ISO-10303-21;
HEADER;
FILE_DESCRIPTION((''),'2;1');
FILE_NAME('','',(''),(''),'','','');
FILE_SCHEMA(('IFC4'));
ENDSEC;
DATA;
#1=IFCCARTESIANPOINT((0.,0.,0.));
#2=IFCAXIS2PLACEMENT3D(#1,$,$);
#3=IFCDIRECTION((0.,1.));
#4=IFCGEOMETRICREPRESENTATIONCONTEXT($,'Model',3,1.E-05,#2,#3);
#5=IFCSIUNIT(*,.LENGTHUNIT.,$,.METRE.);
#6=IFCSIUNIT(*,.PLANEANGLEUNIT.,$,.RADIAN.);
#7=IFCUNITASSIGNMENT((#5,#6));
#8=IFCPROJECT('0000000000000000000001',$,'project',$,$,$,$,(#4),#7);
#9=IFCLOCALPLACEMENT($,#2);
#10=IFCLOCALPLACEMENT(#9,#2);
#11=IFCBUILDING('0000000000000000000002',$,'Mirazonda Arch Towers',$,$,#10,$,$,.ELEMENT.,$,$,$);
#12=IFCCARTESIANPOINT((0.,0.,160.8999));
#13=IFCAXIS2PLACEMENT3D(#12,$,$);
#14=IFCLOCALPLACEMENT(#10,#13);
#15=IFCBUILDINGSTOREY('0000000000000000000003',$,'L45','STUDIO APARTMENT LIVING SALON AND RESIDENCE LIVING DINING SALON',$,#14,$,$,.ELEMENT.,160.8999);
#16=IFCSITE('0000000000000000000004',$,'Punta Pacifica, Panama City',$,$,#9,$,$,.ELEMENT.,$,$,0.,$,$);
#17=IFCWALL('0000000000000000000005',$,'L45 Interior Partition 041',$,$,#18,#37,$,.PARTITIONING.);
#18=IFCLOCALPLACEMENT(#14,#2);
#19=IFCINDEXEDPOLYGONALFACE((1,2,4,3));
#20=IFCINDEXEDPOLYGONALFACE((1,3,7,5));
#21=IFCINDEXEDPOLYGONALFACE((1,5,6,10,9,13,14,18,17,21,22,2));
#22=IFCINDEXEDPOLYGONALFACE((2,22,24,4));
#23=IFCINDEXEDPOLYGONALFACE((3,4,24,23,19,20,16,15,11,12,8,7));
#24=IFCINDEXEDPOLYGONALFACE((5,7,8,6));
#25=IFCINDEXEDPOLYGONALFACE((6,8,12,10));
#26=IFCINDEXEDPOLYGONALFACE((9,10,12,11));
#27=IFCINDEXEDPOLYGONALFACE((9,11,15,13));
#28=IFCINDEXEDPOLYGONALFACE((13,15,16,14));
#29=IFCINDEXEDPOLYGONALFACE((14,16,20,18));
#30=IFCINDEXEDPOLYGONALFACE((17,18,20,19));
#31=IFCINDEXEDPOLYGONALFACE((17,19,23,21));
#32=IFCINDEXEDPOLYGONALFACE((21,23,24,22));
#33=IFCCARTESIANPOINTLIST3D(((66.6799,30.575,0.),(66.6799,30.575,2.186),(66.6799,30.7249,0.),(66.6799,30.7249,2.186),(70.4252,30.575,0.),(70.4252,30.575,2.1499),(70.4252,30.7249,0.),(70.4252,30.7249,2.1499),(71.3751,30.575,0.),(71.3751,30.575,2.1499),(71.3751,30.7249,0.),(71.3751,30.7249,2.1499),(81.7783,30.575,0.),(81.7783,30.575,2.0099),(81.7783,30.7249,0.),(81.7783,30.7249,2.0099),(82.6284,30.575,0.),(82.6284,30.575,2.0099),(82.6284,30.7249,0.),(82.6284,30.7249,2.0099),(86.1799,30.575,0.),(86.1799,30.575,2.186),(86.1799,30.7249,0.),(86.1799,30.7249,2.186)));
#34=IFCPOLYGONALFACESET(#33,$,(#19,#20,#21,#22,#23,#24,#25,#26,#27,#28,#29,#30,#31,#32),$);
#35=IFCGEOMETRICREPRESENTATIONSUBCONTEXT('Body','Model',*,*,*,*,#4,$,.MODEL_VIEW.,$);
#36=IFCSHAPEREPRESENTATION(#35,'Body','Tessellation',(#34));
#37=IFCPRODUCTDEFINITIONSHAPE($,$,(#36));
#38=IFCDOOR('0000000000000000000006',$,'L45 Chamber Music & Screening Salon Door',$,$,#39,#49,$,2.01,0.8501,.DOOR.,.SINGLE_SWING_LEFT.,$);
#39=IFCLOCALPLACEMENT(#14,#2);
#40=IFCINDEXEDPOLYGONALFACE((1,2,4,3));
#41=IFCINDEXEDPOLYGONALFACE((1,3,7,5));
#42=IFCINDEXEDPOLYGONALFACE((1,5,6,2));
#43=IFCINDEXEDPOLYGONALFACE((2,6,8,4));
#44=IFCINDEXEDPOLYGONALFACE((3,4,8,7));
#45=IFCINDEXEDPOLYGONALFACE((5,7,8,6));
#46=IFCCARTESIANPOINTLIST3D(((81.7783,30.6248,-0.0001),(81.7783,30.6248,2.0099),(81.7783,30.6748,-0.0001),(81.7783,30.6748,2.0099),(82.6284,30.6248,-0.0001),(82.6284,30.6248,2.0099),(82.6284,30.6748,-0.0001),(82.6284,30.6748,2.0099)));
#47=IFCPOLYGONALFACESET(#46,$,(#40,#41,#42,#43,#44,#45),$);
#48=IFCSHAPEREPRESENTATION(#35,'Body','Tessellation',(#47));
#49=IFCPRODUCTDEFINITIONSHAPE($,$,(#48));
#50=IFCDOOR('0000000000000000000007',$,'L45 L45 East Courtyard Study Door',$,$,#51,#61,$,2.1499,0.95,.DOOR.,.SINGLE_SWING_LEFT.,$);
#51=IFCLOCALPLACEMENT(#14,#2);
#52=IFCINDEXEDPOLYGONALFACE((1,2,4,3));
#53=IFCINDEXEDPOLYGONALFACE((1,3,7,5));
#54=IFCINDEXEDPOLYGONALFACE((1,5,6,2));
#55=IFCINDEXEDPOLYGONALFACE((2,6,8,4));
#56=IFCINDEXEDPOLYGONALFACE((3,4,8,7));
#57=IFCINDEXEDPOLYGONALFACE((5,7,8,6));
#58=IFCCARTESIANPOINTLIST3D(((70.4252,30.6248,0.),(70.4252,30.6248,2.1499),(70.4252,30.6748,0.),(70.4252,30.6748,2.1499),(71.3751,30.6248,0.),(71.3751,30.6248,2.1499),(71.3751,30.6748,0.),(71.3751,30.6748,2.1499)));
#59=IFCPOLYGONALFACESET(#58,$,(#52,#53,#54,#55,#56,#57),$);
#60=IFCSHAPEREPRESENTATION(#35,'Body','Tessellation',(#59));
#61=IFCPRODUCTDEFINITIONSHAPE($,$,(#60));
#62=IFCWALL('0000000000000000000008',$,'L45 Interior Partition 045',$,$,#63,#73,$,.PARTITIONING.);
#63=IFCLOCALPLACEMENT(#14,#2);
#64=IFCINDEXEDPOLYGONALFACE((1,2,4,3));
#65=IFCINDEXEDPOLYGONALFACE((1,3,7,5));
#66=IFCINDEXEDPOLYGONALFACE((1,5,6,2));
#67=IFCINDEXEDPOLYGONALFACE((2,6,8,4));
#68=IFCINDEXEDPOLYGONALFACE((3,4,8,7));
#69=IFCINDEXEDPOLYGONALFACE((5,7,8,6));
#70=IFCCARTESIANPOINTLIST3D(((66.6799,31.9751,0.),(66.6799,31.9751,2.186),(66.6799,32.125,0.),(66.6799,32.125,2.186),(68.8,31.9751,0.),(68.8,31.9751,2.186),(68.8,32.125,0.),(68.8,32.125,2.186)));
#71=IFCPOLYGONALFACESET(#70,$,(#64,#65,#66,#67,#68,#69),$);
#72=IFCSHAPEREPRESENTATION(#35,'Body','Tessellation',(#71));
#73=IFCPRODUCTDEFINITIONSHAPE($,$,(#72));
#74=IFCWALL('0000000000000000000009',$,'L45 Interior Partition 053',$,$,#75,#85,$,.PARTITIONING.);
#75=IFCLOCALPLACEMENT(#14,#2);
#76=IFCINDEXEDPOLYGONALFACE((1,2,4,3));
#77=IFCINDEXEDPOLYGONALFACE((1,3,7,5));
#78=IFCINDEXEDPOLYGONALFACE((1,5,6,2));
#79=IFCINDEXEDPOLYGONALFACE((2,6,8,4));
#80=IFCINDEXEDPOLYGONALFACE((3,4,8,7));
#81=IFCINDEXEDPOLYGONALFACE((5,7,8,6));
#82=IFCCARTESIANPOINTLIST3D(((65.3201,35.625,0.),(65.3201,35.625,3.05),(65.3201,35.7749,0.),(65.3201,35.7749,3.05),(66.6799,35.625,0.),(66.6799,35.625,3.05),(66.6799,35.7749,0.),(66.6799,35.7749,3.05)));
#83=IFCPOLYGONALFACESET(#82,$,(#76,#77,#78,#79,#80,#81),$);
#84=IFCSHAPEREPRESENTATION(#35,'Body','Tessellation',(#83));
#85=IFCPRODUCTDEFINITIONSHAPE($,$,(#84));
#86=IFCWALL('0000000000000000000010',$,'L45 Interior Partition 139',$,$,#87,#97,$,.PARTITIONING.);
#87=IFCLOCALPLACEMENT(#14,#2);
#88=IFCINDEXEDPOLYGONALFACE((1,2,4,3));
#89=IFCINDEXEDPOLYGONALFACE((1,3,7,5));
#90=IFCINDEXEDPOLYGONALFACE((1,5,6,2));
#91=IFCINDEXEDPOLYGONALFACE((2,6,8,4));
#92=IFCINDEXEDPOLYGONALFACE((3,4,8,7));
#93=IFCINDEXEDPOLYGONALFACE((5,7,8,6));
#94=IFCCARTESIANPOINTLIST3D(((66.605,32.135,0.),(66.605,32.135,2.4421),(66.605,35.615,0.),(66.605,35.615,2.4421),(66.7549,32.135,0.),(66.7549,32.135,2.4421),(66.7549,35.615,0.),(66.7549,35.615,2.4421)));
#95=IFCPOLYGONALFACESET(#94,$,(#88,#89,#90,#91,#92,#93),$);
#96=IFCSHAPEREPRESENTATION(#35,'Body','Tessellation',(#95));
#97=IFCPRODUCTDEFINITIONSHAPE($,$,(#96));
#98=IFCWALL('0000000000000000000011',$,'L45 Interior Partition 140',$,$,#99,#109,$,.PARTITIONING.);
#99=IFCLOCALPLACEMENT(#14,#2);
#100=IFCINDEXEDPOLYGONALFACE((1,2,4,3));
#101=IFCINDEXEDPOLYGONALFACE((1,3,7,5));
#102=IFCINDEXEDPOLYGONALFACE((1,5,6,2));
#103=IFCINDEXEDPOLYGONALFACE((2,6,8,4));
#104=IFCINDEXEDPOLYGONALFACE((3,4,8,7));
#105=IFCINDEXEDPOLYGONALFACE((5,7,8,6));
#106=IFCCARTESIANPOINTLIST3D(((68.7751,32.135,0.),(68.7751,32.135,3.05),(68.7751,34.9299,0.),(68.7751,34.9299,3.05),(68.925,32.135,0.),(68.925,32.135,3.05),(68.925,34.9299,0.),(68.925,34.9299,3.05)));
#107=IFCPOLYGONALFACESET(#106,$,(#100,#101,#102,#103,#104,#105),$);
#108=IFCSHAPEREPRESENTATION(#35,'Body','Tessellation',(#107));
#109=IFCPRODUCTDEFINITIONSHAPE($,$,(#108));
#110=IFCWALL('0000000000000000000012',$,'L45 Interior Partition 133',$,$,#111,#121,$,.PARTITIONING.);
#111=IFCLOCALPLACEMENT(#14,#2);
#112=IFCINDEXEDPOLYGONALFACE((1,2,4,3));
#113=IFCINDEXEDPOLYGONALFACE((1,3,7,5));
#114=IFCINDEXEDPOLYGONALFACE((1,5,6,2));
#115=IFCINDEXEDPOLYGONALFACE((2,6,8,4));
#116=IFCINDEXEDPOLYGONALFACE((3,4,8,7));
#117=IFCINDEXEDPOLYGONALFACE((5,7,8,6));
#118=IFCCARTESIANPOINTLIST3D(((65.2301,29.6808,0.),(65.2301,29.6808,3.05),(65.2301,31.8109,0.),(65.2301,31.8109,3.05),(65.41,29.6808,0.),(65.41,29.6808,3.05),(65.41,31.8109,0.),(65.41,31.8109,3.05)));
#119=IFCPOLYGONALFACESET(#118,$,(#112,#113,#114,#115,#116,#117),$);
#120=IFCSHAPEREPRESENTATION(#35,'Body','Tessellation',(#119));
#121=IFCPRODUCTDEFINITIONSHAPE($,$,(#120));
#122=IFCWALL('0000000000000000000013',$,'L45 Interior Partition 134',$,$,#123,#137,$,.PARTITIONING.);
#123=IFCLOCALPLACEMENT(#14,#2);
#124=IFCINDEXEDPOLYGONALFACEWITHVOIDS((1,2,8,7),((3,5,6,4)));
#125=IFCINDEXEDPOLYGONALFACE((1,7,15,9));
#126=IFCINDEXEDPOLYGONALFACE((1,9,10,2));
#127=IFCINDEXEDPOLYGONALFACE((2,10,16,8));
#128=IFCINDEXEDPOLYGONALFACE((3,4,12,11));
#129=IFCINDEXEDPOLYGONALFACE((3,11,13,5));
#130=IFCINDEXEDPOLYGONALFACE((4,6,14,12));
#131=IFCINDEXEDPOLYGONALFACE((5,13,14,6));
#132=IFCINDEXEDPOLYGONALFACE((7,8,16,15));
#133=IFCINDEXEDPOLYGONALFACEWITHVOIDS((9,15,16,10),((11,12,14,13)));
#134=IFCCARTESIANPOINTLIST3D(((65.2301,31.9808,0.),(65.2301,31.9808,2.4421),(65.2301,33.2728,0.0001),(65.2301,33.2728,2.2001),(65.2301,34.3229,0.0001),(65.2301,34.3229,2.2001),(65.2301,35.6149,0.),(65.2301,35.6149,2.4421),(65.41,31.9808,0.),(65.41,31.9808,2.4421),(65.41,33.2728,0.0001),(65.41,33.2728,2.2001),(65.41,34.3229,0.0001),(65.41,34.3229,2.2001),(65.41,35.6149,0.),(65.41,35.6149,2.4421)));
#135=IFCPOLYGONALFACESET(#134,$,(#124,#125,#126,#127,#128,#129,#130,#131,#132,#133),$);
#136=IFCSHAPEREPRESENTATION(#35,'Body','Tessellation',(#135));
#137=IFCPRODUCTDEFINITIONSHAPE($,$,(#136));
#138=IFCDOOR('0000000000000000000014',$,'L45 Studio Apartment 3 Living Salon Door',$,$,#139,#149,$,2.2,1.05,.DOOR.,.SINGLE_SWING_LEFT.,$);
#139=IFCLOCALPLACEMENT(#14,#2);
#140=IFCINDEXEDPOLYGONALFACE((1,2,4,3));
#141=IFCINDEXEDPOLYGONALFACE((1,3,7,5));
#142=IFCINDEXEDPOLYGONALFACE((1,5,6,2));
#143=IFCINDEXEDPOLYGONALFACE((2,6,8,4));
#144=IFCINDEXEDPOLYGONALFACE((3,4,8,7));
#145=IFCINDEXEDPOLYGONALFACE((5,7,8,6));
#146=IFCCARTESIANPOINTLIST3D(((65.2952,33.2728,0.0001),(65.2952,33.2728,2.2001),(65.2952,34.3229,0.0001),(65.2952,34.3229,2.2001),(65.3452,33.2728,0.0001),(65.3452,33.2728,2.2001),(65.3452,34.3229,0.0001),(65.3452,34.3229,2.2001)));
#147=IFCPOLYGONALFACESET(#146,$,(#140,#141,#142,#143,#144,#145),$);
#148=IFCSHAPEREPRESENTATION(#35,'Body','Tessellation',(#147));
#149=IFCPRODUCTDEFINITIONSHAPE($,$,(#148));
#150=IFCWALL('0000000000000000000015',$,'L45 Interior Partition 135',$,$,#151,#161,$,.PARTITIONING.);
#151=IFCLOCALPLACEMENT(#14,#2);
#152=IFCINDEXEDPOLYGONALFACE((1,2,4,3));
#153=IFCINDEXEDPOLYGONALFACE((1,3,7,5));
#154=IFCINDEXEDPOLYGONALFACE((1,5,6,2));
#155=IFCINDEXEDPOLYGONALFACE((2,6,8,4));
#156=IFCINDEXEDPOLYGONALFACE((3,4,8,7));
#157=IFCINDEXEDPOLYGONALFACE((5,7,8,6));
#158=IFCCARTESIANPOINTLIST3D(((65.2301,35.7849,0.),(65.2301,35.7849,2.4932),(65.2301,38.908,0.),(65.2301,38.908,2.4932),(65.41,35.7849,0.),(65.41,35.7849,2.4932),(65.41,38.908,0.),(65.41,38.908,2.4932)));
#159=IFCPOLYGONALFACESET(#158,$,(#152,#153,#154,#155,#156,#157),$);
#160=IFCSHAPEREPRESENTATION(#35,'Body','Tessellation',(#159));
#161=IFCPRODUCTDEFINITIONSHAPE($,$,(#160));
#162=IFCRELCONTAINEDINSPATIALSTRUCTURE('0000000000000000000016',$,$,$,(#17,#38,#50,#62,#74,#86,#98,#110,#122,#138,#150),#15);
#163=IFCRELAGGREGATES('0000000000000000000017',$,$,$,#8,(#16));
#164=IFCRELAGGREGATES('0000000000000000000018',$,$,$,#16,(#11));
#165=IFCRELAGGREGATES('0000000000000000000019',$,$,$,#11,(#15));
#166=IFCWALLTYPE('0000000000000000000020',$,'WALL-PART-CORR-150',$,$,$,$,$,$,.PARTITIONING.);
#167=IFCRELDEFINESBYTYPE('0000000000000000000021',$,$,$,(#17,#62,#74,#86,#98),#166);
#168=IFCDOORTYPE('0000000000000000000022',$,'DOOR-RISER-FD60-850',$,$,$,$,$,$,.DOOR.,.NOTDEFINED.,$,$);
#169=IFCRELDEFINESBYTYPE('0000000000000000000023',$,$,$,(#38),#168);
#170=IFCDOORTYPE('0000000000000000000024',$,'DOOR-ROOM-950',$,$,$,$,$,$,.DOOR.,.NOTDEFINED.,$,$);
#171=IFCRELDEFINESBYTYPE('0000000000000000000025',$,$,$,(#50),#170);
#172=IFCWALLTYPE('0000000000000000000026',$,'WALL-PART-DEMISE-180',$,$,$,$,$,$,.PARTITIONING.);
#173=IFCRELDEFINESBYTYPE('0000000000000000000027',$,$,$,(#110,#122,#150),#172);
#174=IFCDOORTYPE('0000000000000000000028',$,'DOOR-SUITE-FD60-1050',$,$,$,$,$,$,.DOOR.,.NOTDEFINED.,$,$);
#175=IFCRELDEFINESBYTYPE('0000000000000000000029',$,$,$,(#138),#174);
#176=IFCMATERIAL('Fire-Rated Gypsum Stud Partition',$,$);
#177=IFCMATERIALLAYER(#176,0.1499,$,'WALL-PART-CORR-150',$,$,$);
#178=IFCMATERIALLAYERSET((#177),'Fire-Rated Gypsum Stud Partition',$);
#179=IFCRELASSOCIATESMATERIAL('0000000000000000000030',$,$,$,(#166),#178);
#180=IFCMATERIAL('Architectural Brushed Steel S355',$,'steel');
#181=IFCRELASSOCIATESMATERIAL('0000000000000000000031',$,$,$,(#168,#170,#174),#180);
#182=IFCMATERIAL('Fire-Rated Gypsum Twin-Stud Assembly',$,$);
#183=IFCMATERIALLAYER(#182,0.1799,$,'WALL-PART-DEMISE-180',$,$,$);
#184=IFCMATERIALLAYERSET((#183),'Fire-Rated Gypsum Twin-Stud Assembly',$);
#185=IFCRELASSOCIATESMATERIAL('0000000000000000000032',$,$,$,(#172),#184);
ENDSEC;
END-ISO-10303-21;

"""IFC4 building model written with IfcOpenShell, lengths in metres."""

from ifc_helpers import new_model, si_unit, direction, frame, frame_2d, origin, place, context, subcontext, project, spatial, rectangle, extrude, material, layer, layer_set, type_object, element, fill, save


model = new_model("IFC4")

# Units and contexts
model_context = context("Model", 3, precision=1e-05, world=origin(), true_north=direction((0.0, 1.0)))
body_context = subcontext(model_context, "Body", "Model", "MODEL_VIEW")
ifc_project = project(units=[si_unit("LENGTHUNIT", "METRE"), si_unit("PLANEANGLEUNIT", "RADIAN")], contexts=[model_context])

# Site, building, storey
site_placement = place(None, origin())
site = spatial("IfcSite", under=ifc_project, at=site_placement, Name="Punta Pacifica, Panama City", CompositionType="ELEMENT", RefElevation=0.0)
building_placement = place(site_placement, origin())
building = spatial("IfcBuilding", under=site, at=building_placement, Name="Mirazonda Arch Towers", CompositionType="ELEMENT")
storey_placement = place(building_placement, frame((0.0, 0.0, 160.8999)))
storey = spatial("IfcBuildingStorey", under=building, at=storey_placement, Name="L45", Description="STUDIO APARTMENT LIVING SALON AND RESIDENCE LIVING DINING SALON", CompositionType="ELEMENT", Elevation=160.8999)

# Wall, openings, doors
ifc_material_1 = material(Name="Architectural Brushed Steel S355", Category="steel")
ifc_material_2 = material(Name="Fire-Rated Gypsum Stud Partition")
ifc_layer_1 = layer(ifc_material_2, 0.1499, Name="WALL-PART-CORR-150")
ifc_layer_set_1 = layer_set([ifc_layer_1], Name="Fire-Rated Gypsum Stud Partition")
wall_type_1 = type_object("IfcWallType", Name="WALL-PART-CORR-150", PredefinedType="PARTITIONING", material=ifc_layer_set_1)
wall_1_placement = place(storey_placement, frame((66.6799, 30.6499, 0.0), z_axis=(0.0, 0.0, 1.0), x_axis=(1.0, 0.0, 0.0)))
wall_1 = element("IfcWall", 1, at=wall_1_placement, inside=storey, type_object=wall_type_1, Name="L45 Interior Partition 041", PredefinedType="PARTITIONING", context=body_context, shape_type="SweptSolid", body=[
    extrude(rectangle(XDim=19.5, YDim=0.1499, at=frame_2d((9.75, 0.0))), origin(), (0.0, 0.0, 1.0), 2.186),
])
opening_1_placement = place(wall_1_placement, frame((3.7451, 0.0, 0.0)))
opening_1 = element("IfcOpeningElement", 2, at=opening_1_placement, cuts=wall_1, PredefinedType="OPENING", context=body_context, shape_type="SweptSolid", body=[
    extrude(rectangle(XDim=0.95, YDim=2.1499, at=frame_2d((0.4751, 1.075))), frame((0.0, 0.085, 0.0), z_axis=(0.0, -1.0, 0.0), x_axis=(1.0, 0.0, 0.0)), (0.0, 0.0, 1.0), 0.1699),
])
opening_2_placement = place(wall_1_placement, frame((15.0984, 0.0, 0.0)))
opening_2 = element("IfcOpeningElement", 3, at=opening_2_placement, cuts=wall_1, PredefinedType="OPENING", context=body_context, shape_type="SweptSolid", body=[
    extrude(rectangle(XDim=0.8501, YDim=2.01, at=frame_2d((0.425, 1.0049))), frame((0.0, 0.085, 0.0), z_axis=(0.0, -1.0, 0.0), x_axis=(1.0, 0.0, 0.0)), (0.0, 0.0, 1.0), 0.1699),
])
door_type_1 = type_object("IfcDoorType", Name="DOOR-RISER-FD60-850", OperationType="NOTDEFINED", PredefinedType="DOOR", material=ifc_material_1)
door_1_placement = place(opening_2_placement, origin())
door_1 = element("IfcDoor", 4, at=door_1_placement, inside=storey, type_object=door_type_1, Name="L45 Chamber Music & Screening Salon Door", OperationType="SINGLE_SWING_LEFT", OverallHeight=2.01, OverallWidth=0.8501, PredefinedType="DOOR", context=body_context, shape_type="SweptSolid", body=[
    extrude(rectangle(XDim=0.8501, YDim=2.01, at=frame_2d((0.425, 1.0049))), frame((0.0, 0.0249, 0.0), z_axis=(0.0, -1.0, 0.0), x_axis=(1.0, 0.0, 0.0)), (0.0, 0.0, 1.0), 0.05),
])
fill(opening_2, door_1)
door_type_2 = type_object("IfcDoorType", Name="DOOR-ROOM-950", OperationType="NOTDEFINED", PredefinedType="DOOR", material=ifc_material_1)
door_2_placement = place(opening_1_placement, origin())
door_2 = element("IfcDoor", 5, at=door_2_placement, inside=storey, type_object=door_type_2, Name="L45 L45 East Courtyard Study Door", OperationType="SINGLE_SWING_LEFT", OverallHeight=2.1499, OverallWidth=0.95, PredefinedType="DOOR", context=body_context, shape_type="SweptSolid", body=[
    extrude(rectangle(XDim=0.95, YDim=2.1499, at=frame_2d((0.4751, 1.075))), frame((0.0, 0.0249, 0.0), z_axis=(0.0, -1.0, 0.0), x_axis=(1.0, 0.0, 0.0)), (0.0, 0.0, 1.0), 0.05),
])
fill(opening_1, door_2)

# Walls
wall_2_placement = place(storey_placement, frame((66.6799, 32.05, 0.0), z_axis=(0.0, 0.0, 1.0), x_axis=(1.0, 0.0, 0.0)))
element("IfcWall", 6, at=wall_2_placement, inside=storey, type_object=wall_type_1, Name="L45 Interior Partition 045", PredefinedType="PARTITIONING", context=body_context, shape_type="SweptSolid", body=[
    extrude(rectangle(XDim=2.1201, YDim=0.1499, at=frame_2d((1.0601, 0.0))), origin(), (0.0, 0.0, 1.0), 2.186),
])
wall_3_placement = place(storey_placement, frame((65.3201, 35.7, 0.0), z_axis=(0.0, 0.0, 1.0), x_axis=(1.0, 0.0, 0.0)))
element("IfcWall", 7, at=wall_3_placement, inside=storey, type_object=wall_type_1, Name="L45 Interior Partition 053", PredefinedType="PARTITIONING", context=body_context, shape_type="SweptSolid", body=[
    extrude(rectangle(XDim=1.3599, YDim=0.1499, at=frame_2d((0.6799, 0.0))), origin(), (0.0, 0.0, 1.0), 3.05),
])
wall_4_placement = place(storey_placement, frame((66.6799, 32.135, 0.0), z_axis=(0.0, 0.0, 1.0), x_axis=(0.0, 1.0, 0.0)))
element("IfcWall", 8, at=wall_4_placement, inside=storey, type_object=wall_type_1, Name="L45 Interior Partition 139", PredefinedType="PARTITIONING", context=body_context, shape_type="SweptSolid", body=[
    extrude(rectangle(XDim=3.48, YDim=0.1499, at=frame_2d((1.74, 0.0))), origin(), (0.0, 0.0, 1.0), 2.4421),
])
wall_5_placement = place(storey_placement, frame((68.8501, 32.135, 0.0), z_axis=(0.0, 0.0, 1.0), x_axis=(0.0, 1.0, 0.0)))
element("IfcWall", 9, at=wall_5_placement, inside=storey, type_object=wall_type_1, Name="L45 Interior Partition 140", PredefinedType="PARTITIONING", context=body_context, shape_type="SweptSolid", body=[
    extrude(rectangle(XDim=2.7949, YDim=0.1499, at=frame_2d((1.3975, 0.0))), origin(), (0.0, 0.0, 1.0), 3.05),
])
ifc_material_3 = material(Name="Fire-Rated Gypsum Twin-Stud Assembly")
ifc_layer_2 = layer(ifc_material_3, 0.1799, Name="WALL-PART-DEMISE-180")
ifc_layer_set_2 = layer_set([ifc_layer_2], Name="Fire-Rated Gypsum Twin-Stud Assembly")
wall_type_2 = type_object("IfcWallType", Name="WALL-PART-DEMISE-180", PredefinedType="PARTITIONING", material=ifc_layer_set_2)
wall_6_placement = place(storey_placement, frame((65.3201, 29.6809, 0.0), z_axis=(0.0, 0.0, 1.0), x_axis=(0.0, 1.0, 0.0)))
element("IfcWall", 10, at=wall_6_placement, inside=storey, type_object=wall_type_2, Name="L45 Interior Partition 133", PredefinedType="PARTITIONING", context=body_context, shape_type="SweptSolid", body=[
    extrude(rectangle(XDim=2.1301, YDim=0.1799, at=frame_2d((1.0649, 0.0))), origin(), (0.0, 0.0, 1.0), 3.05),
])

# Wall, opening, door
wall_7_placement = place(storey_placement, frame((65.3201, 31.981, 0.0), z_axis=(0.0, 0.0, 1.0), x_axis=(0.0, 1.0, 0.0)))
wall_7 = element("IfcWall", 11, at=wall_7_placement, inside=storey, type_object=wall_type_2, Name="L45 Interior Partition 134", PredefinedType="PARTITIONING", context=body_context, shape_type="SweptSolid", body=[
    extrude(rectangle(XDim=3.634, YDim=0.1799, at=frame_2d((1.8169, 0.0))), origin(), (0.0, 0.0, 1.0), 2.4421),
])
opening_3_placement = place(wall_7_placement, frame((1.292, 0.0, 0.0)))
opening_3 = element("IfcOpeningElement", 12, at=opening_3_placement, cuts=wall_7, PredefinedType="OPENING", context=body_context, shape_type="SweptSolid", body=[
    extrude(rectangle(XDim=1.05, YDim=2.2, at=frame_2d((0.5249, 1.1001))), frame((0.0, 0.0999, 0.0), z_axis=(0.0, -1.0, 0.0), x_axis=(1.0, 0.0, 0.0)), (0.0, 0.0, 1.0), 0.2),
])
door_type_3 = type_object("IfcDoorType", Name="DOOR-SUITE-FD60-1050", OperationType="NOTDEFINED", PredefinedType="DOOR", material=ifc_material_1)
door_3_placement = place(opening_3_placement, origin())
door_3 = element("IfcDoor", 13, at=door_3_placement, inside=storey, type_object=door_type_3, Name="L45 Studio Apartment 3 Living Salon Door", OperationType="SINGLE_SWING_LEFT", OverallHeight=2.2, OverallWidth=1.05, PredefinedType="DOOR", context=body_context, shape_type="SweptSolid", body=[
    extrude(rectangle(XDim=1.05, YDim=2.2, at=frame_2d((0.5249, 1.1001))), frame((0.0, 0.0249, 0.0), z_axis=(0.0, -1.0, 0.0), x_axis=(1.0, 0.0, 0.0)), (0.0, 0.0, 1.0), 0.05),
])
fill(opening_3, door_3)

# Wall
wall_8_placement = place(storey_placement, frame((65.3201, 35.7849, 0.0), z_axis=(0.0, 0.0, 1.0), x_axis=(0.0, 1.0, 0.0)))
element("IfcWall", 14, at=wall_8_placement, inside=storey, type_object=wall_type_2, Name="L45 Interior Partition 135", PredefinedType="PARTITIONING", context=body_context, shape_type="SweptSolid", body=[
    extrude(rectangle(XDim=3.123, YDim=0.1799, at=frame_2d((1.5615, 0.0))), origin(), (0.0, 0.0, 1.0), 2.4932),
])

save(model, "model.ifc")
